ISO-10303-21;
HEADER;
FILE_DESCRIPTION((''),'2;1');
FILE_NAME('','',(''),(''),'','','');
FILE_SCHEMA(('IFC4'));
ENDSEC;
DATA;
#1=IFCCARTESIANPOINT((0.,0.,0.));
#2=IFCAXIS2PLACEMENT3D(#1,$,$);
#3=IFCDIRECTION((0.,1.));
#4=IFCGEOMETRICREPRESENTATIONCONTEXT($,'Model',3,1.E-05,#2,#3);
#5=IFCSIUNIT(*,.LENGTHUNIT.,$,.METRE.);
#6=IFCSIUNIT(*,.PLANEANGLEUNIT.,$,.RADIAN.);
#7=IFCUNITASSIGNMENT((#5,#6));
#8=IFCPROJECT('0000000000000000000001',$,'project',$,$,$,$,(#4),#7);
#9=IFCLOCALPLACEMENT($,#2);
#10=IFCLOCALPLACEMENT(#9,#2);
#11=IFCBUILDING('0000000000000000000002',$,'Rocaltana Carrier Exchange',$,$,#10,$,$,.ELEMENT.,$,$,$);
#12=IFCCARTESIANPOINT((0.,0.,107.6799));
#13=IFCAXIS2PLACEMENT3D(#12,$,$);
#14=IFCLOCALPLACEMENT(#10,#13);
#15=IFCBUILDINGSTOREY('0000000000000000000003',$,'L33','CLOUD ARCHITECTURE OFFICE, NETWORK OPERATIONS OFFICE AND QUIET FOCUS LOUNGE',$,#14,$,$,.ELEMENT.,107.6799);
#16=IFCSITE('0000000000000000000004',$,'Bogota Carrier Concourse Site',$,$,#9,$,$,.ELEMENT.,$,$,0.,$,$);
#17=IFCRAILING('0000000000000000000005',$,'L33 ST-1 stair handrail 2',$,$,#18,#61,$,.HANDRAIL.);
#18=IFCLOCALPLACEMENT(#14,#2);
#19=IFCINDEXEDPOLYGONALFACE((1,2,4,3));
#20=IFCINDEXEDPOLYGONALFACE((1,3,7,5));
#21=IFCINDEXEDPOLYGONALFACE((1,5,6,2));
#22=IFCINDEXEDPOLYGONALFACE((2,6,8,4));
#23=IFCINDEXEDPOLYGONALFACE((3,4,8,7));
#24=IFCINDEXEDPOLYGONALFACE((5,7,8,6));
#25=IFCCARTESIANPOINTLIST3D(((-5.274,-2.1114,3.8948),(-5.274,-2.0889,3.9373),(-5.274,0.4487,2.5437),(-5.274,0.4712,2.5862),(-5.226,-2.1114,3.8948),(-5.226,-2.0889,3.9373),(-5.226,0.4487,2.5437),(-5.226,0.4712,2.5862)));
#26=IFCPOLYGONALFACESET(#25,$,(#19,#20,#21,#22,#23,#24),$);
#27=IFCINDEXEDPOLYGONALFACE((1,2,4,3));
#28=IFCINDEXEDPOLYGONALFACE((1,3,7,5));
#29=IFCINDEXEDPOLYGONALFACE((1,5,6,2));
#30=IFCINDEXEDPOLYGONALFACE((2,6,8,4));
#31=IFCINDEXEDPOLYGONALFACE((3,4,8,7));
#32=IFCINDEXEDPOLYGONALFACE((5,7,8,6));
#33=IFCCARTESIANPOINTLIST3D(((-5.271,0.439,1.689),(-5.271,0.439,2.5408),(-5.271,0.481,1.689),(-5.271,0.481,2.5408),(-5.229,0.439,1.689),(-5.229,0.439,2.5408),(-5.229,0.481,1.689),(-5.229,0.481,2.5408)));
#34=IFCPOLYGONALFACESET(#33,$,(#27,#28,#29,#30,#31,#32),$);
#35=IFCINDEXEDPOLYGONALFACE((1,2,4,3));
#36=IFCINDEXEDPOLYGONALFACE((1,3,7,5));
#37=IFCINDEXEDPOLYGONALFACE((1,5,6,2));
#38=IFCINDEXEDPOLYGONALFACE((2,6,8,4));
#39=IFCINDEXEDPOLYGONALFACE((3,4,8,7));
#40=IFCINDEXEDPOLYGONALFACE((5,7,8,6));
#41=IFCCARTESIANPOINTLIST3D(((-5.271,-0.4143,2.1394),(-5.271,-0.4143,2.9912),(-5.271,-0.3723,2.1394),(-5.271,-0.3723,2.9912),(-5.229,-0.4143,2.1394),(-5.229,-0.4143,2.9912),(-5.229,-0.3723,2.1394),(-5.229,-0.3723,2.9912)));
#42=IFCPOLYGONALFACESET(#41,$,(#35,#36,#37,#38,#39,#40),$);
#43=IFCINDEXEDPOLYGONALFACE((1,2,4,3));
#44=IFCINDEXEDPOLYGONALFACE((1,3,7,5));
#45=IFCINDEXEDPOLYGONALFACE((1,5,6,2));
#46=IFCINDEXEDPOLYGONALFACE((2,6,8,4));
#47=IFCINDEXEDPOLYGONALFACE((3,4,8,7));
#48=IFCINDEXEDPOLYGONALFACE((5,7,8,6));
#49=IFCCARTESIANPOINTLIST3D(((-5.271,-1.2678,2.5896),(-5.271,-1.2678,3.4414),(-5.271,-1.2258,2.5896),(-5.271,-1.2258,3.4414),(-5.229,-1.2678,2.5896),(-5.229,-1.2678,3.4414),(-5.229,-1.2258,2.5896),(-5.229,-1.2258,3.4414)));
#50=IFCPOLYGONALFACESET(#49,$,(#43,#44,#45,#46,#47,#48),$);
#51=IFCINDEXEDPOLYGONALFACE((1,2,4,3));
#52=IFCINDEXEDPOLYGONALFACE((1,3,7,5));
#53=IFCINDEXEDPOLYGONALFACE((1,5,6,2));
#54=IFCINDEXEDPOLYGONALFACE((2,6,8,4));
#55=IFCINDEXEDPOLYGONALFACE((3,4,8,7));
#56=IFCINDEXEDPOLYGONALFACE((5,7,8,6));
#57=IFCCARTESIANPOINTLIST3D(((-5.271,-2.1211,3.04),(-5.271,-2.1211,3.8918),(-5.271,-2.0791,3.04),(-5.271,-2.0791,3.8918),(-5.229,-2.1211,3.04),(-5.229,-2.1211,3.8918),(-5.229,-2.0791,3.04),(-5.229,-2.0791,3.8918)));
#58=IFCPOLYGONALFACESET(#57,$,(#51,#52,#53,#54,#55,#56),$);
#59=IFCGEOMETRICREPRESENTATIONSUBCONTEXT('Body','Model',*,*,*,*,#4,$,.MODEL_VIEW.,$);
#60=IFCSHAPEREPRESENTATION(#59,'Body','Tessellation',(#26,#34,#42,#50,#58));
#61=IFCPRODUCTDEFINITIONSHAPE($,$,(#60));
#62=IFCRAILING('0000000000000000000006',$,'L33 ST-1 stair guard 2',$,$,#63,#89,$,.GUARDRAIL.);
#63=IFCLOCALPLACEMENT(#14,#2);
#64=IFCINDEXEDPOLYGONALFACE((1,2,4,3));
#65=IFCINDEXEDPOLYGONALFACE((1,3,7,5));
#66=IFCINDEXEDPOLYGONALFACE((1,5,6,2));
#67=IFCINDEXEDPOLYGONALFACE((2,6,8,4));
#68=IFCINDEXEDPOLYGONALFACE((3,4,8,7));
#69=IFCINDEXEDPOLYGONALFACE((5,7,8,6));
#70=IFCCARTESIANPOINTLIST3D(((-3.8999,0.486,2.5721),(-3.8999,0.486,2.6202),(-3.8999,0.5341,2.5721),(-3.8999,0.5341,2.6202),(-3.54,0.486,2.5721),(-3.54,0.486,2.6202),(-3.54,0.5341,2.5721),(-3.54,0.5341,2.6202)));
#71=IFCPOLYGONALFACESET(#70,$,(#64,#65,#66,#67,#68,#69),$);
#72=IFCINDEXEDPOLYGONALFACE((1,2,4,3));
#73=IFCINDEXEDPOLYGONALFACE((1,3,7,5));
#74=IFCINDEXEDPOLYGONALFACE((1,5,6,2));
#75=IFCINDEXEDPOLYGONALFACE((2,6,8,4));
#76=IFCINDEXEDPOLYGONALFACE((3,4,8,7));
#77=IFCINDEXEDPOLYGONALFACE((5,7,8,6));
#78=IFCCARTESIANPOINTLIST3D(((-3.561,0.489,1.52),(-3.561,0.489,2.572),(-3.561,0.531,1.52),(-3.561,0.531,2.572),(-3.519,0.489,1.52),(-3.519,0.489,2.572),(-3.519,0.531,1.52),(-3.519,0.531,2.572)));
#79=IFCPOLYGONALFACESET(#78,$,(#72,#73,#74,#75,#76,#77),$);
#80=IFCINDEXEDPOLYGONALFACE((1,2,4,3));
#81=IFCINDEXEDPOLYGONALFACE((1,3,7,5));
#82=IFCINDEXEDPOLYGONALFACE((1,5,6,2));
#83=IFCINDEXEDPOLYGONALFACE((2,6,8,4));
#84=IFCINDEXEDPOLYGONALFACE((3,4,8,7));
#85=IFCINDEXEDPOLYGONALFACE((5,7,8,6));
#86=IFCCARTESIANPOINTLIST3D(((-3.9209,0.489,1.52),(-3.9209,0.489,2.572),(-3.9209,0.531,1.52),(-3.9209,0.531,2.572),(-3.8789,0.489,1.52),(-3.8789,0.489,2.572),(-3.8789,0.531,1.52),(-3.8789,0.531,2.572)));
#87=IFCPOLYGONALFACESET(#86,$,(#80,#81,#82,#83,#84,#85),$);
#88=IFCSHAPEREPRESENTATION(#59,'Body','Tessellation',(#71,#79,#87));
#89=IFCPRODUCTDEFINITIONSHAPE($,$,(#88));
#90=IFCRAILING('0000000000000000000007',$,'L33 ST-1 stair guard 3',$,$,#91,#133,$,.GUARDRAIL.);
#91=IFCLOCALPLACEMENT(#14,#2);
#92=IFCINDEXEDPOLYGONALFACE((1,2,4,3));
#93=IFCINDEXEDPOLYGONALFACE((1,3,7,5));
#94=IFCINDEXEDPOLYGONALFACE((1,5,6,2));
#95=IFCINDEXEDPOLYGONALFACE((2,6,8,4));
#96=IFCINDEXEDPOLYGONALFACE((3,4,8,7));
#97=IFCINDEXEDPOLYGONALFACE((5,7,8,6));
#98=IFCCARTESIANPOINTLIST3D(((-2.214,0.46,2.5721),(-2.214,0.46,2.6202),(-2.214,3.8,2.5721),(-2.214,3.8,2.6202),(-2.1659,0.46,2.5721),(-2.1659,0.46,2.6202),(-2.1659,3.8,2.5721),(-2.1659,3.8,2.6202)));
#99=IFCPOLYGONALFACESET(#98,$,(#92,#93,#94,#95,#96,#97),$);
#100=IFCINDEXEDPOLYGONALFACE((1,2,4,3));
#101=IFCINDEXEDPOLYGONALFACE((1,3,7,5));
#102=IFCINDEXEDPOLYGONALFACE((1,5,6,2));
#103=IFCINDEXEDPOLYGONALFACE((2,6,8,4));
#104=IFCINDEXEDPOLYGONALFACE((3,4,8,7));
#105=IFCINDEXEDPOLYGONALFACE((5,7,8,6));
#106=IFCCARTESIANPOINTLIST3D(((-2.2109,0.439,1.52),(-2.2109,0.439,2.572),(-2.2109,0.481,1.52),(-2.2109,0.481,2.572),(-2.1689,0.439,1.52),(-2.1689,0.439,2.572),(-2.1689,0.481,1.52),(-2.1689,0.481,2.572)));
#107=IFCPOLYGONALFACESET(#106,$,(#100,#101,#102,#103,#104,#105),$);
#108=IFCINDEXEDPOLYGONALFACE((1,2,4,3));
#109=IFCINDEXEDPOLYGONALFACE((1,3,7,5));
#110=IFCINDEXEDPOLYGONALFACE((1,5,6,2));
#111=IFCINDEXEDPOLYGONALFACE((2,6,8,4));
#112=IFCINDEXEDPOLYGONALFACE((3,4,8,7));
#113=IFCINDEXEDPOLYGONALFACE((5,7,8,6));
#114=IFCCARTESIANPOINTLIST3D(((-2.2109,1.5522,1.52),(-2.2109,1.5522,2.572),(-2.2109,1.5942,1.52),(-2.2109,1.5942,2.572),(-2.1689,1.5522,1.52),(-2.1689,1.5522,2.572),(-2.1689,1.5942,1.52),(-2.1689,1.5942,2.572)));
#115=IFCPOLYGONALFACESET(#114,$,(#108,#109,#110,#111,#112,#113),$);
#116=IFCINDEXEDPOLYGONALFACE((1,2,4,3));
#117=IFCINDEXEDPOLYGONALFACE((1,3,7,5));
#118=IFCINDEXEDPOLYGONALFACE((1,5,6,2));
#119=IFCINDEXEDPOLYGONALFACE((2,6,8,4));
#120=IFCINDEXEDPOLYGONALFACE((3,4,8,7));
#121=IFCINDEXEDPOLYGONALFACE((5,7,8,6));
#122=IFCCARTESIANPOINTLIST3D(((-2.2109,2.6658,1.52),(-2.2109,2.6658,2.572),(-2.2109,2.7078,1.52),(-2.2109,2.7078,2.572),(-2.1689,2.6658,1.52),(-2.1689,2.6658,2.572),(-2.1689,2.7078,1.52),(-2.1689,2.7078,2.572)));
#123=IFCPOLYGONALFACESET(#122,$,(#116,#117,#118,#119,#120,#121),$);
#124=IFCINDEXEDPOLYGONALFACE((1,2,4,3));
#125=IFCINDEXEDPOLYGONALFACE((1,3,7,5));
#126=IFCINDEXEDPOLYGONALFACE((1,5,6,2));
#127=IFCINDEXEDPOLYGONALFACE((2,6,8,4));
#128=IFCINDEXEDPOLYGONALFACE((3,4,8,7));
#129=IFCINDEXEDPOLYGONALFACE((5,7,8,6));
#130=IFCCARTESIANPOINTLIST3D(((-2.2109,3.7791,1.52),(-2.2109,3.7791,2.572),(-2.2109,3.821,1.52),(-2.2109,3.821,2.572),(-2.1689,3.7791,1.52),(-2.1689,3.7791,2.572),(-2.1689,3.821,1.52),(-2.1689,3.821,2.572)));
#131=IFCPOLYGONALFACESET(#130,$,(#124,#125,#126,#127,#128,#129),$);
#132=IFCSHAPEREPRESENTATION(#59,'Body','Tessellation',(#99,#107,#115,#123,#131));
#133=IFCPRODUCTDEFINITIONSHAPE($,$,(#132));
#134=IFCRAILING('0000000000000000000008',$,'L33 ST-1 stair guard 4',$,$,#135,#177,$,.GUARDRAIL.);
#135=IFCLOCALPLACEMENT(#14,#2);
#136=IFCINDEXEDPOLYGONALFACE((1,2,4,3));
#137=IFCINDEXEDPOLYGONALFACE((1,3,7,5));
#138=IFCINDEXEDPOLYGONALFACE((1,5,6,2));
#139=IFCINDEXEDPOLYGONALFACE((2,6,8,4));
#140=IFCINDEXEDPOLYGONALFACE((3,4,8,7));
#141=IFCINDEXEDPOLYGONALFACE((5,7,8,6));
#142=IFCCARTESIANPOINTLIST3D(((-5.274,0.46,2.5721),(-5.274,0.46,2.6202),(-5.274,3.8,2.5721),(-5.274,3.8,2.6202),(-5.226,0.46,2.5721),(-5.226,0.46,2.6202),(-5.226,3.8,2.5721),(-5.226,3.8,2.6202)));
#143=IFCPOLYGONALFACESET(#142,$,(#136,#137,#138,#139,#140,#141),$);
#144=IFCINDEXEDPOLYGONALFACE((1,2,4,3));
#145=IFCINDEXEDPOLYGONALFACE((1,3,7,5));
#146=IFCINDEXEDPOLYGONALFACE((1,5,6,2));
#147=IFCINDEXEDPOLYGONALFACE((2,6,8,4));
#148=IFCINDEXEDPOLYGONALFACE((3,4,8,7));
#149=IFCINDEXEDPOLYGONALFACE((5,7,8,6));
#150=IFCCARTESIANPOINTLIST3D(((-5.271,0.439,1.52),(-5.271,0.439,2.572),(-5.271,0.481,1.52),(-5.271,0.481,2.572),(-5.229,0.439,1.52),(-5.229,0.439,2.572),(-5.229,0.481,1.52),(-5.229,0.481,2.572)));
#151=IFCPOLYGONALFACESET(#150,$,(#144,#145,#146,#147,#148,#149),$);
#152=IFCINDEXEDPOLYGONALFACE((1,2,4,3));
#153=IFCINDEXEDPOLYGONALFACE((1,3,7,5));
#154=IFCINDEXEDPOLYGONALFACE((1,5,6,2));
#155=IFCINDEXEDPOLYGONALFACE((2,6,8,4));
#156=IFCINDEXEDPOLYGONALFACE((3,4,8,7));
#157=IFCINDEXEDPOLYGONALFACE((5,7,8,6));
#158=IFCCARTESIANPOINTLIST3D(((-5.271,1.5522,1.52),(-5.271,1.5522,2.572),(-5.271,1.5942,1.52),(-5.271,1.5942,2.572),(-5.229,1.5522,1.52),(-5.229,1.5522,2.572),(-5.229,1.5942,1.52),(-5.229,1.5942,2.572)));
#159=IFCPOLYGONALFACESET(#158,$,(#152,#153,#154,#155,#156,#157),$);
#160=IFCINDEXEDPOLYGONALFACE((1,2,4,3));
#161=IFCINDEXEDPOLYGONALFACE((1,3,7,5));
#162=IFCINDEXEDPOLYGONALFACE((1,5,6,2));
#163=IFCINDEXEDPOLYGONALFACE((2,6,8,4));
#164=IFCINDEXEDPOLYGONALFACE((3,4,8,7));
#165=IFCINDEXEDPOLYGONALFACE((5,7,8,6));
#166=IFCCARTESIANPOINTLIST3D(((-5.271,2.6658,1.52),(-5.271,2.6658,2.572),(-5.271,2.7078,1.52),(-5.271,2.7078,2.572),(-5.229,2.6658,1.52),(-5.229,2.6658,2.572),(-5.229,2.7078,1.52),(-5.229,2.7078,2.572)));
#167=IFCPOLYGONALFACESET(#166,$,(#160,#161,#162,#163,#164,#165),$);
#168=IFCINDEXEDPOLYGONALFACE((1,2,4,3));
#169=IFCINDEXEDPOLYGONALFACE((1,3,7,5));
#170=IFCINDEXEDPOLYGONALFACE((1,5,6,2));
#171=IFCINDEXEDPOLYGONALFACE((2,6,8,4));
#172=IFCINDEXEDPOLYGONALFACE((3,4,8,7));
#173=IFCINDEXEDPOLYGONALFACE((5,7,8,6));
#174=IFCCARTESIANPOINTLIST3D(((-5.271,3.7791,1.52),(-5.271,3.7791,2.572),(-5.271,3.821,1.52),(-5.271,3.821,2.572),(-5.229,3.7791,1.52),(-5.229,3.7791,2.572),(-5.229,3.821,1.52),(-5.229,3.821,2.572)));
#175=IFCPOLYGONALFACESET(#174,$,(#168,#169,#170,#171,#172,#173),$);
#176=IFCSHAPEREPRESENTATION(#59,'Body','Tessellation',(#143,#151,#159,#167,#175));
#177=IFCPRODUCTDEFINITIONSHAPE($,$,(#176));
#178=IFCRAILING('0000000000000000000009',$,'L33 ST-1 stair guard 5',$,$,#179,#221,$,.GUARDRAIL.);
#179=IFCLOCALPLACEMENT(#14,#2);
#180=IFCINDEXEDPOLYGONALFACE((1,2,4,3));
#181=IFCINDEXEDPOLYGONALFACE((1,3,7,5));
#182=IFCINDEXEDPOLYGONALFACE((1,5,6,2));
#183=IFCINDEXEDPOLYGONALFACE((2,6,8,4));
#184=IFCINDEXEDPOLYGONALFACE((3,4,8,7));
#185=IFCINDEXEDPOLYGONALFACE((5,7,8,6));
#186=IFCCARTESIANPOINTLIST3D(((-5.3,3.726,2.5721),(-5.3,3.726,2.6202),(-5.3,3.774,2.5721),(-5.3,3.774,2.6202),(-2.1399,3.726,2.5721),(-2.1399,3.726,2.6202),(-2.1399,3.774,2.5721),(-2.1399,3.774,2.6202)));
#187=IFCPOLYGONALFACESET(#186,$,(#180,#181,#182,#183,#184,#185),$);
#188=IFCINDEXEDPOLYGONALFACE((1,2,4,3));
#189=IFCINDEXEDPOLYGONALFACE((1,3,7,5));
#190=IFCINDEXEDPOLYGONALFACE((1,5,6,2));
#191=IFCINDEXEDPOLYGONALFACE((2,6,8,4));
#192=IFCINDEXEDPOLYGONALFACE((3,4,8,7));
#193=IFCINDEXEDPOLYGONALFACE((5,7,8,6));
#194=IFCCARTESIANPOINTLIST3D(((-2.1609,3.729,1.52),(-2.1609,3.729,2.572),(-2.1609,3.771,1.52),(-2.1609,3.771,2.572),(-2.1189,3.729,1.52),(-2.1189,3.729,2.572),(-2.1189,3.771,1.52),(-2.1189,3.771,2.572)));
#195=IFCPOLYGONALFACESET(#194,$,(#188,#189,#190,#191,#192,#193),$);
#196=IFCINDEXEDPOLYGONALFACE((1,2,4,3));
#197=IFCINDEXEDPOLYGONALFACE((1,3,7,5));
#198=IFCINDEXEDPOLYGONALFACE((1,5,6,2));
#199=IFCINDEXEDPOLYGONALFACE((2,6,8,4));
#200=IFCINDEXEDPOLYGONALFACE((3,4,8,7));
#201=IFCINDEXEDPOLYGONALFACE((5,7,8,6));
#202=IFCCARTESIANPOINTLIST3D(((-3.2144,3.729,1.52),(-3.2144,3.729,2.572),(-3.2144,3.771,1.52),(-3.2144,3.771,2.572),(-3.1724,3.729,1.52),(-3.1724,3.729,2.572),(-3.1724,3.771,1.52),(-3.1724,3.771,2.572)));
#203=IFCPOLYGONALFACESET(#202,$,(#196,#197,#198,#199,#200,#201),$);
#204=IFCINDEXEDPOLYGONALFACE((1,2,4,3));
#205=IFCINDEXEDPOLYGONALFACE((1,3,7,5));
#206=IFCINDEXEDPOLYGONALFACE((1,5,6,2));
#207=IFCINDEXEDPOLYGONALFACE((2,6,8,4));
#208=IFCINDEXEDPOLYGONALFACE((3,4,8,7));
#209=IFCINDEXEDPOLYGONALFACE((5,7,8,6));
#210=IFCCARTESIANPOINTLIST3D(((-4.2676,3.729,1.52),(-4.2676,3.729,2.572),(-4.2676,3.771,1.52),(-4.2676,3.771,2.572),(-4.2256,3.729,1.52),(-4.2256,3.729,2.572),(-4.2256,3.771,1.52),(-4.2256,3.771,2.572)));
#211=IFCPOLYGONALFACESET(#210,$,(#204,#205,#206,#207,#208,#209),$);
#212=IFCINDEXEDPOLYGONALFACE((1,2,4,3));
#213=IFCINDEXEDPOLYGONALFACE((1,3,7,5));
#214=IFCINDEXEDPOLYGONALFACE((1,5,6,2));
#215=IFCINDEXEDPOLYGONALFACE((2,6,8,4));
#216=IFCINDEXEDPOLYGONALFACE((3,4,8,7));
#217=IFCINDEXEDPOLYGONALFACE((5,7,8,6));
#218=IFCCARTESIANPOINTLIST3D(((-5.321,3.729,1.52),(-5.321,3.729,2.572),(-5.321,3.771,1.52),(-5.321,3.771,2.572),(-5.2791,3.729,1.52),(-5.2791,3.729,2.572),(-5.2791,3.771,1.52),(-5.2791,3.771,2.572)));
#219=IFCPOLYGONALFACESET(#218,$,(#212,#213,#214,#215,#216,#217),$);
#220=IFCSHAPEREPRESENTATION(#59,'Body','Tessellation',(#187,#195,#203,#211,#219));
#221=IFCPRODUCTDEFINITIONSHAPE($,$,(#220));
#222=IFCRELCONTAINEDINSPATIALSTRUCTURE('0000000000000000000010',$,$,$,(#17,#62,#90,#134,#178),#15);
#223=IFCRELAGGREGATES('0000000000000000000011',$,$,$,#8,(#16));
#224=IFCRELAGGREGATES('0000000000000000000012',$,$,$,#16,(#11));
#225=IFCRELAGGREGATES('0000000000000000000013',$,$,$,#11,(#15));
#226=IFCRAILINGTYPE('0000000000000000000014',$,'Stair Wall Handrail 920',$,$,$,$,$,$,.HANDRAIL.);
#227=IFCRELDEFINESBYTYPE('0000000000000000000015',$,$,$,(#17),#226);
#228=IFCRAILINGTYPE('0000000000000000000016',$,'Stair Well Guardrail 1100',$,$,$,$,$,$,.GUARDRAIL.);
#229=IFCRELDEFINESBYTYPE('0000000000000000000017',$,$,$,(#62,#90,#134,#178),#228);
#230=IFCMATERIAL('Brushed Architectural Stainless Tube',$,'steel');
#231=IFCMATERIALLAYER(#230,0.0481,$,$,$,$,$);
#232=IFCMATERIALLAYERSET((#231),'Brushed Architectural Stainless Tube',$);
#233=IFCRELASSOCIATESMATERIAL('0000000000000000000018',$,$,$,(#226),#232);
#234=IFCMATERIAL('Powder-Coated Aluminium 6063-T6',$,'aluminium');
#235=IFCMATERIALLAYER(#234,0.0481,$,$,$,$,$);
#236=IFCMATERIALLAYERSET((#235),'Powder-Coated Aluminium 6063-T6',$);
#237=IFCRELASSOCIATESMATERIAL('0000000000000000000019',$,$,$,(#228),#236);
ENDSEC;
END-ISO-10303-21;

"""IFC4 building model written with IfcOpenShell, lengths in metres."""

from ifc_helpers import new_model, si_unit, direction, frame, origin, origin_2d, place, context, subcontext, project, spatial, rectangle, extrude, material, layer, layer_set, type_object, element, save


model = new_model("IFC4")

# Units and contexts
model_context = context("Model", 3, precision=1e-05, world=origin(), true_north=direction((0.0, 1.0)))
body_context = subcontext(model_context, "Body", "Model", "MODEL_VIEW")
ifc_project = project(units=[si_unit("LENGTHUNIT", "METRE"), si_unit("PLANEANGLEUNIT", "RADIAN")], contexts=[model_context])

# Site, building, storey
site_placement = place(None, origin())
site = spatial("IfcSite", under=ifc_project, at=site_placement, Name="Bogota Carrier Concourse Site", CompositionType="ELEMENT", RefElevation=0.0)
building_placement = place(site_placement, origin())
building = spatial("IfcBuilding", under=site, at=building_placement, Name="Rocaltana Carrier Exchange", CompositionType="ELEMENT")
storey_placement = place(building_placement, frame((0.0, 0.0, 107.6799)))
storey = spatial("IfcBuildingStorey", under=building, at=storey_placement, Name="L33", Description="CLOUD ARCHITECTURE OFFICE, NETWORK OPERATIONS OFFICE AND QUIET FOCUS LOUNGE", CompositionType="ELEMENT", Elevation=107.6799)

# Railings
ifc_material_1 = material(Name="Brushed Architectural Stainless Tube", Category="steel")
ifc_layer_1 = layer(ifc_material_1, 0.0481)
ifc_layer_set_1 = layer_set([ifc_layer_1], Name="Brushed Architectural Stainless Tube")
railing_type_1 = type_object("IfcRailingType", Name="Stair Wall Handrail 920", PredefinedType="HANDRAIL", material=ifc_layer_set_1)
railing_1_placement = place(storey_placement, frame((-5.25, 0.46, 1.689)))
element("IfcRailing", 1, at=railing_1_placement, inside=storey, type_object=railing_type_1, Name="L33 ST-1 stair handrail 2", PredefinedType="HANDRAIL", context=body_context, shape_type="SweptSolid", body=[
    extrude(rectangle(XDim=0.0481, YDim=0.0481, at=origin_2d()), frame((0.0, 0.0, 0.876), z_axis=(0.0, -0.884394, 0.46674), x_axis=(1.0, 0.0, 0.0)), (0.0, 0.0, 1.0), 2.8948),
    extrude(rectangle(XDim=0.042, YDim=0.042, at=origin_2d()), origin(), (0.0, 0.0, 1.0), 0.8518),
    extrude(rectangle(XDim=0.042, YDim=0.042, at=origin_2d()), frame((0.0, -0.8533, 0.4504)), (0.0, 0.0, 1.0), 0.8518),
    extrude(rectangle(XDim=0.042, YDim=0.042, at=origin_2d()), frame((0.0, -1.7068, 0.9006)), (0.0, 0.0, 1.0), 0.8518),
    extrude(rectangle(XDim=0.042, YDim=0.042, at=origin_2d()), frame((0.0, -2.5601, 1.3511)), (0.0, 0.0, 1.0), 0.8518),
])
ifc_material_2 = material(Name="Powder-Coated Aluminium 6063-T6", Category="aluminium")
ifc_layer_2 = layer(ifc_material_2, 0.0481)
ifc_layer_set_2 = layer_set([ifc_layer_2], Name="Powder-Coated Aluminium 6063-T6")
railing_type_2 = type_object("IfcRailingType", Name="Stair Well Guardrail 1100", PredefinedType="GUARDRAIL", material=ifc_layer_set_2)
railing_2_placement = place(storey_placement, frame((-3.54, 0.51, 1.52)))
element("IfcRailing", 2, at=railing_2_placement, inside=storey, type_object=railing_type_2, Name="L33 ST-1 stair guard 2", PredefinedType="GUARDRAIL", context=body_context, shape_type="SweptSolid", body=[
    extrude(rectangle(XDim=0.0481, YDim=0.0481, at=origin_2d()), frame((0.0, 0.0, 1.0762), z_axis=(-1.0, 0.0, 0.0), x_axis=(0.0, -1.0, 0.0)), (0.0, 0.0, 1.0), 0.3599),
    extrude(rectangle(XDim=0.042, YDim=0.042, at=origin_2d()), origin(), (0.0, 0.0, 1.0), 1.052),
    extrude(rectangle(XDim=0.042, YDim=0.042, at=origin_2d()), frame((-0.3599, 0.0, 0.0)), (0.0, 0.0, 1.0), 1.052),
])
for number, where, name in (
    (3, (-2.1899, 0.46, 1.52), "L33 ST-1 stair guard 3"),
    (4, (-5.25, 0.46, 1.52), "L33 ST-1 stair guard 4"),
):
    element("IfcRailing", number, at=place(storey_placement, frame(where)), inside=storey, type_object=railing_type_2, Name=name, PredefinedType="GUARDRAIL", context=body_context, shape_type="SweptSolid", body=[
        extrude(rectangle(XDim=0.0481, YDim=0.0481, at=origin_2d()), frame((0.0, 0.0, 1.0762), z_axis=(0.0, 1.0, 0.0), x_axis=(-1.0, 0.0, 0.0)), (0.0, 0.0, 1.0), 3.3401),
        extrude(rectangle(XDim=0.042, YDim=0.042, at=origin_2d()), origin(), (0.0, 0.0, 1.0), 1.052),
        extrude(rectangle(XDim=0.042, YDim=0.042, at=origin_2d()), frame((0.0, 1.1133, 0.0)), (0.0, 0.0, 1.0), 1.052),
        extrude(rectangle(XDim=0.042, YDim=0.042, at=origin_2d()), frame((0.0, 2.2268, 0.0)), (0.0, 0.0, 1.0), 1.052),
        extrude(rectangle(XDim=0.042, YDim=0.042, at=origin_2d()), frame((0.0, 3.3401, 0.0)), (0.0, 0.0, 1.0), 1.052),
    ])
railing_3_placement = place(storey_placement, frame((-2.1399, 3.75, 1.52)))
element("IfcRailing", 5, at=railing_3_placement, inside=storey, type_object=railing_type_2, Name="L33 ST-1 stair guard 5", PredefinedType="GUARDRAIL", context=body_context, shape_type="SweptSolid", body=[
    extrude(rectangle(XDim=0.0481, YDim=0.0481, at=origin_2d()), frame((0.0, 0.0, 1.0762), z_axis=(-1.0, 0.0, 0.0), x_axis=(0.0, -1.0, 0.0)), (0.0, 0.0, 1.0), 3.1602),
    extrude(rectangle(XDim=0.042, YDim=0.042, at=origin_2d()), origin(), (0.0, 0.0, 1.0), 1.052),
    extrude(rectangle(XDim=0.042, YDim=0.042, at=origin_2d()), frame((-1.0535, 0.0, 0.0)), (0.0, 0.0, 1.0), 1.052),
    extrude(rectangle(XDim=0.042, YDim=0.042, at=origin_2d()), frame((-2.1067, 0.0, 0.0)), (0.0, 0.0, 1.0), 1.052),
    extrude(rectangle(XDim=0.042, YDim=0.042, at=origin_2d()), frame((-3.1602, 0.0, 0.0)), (0.0, 0.0, 1.0), 1.052),
])

save(model, "model.ifc")
